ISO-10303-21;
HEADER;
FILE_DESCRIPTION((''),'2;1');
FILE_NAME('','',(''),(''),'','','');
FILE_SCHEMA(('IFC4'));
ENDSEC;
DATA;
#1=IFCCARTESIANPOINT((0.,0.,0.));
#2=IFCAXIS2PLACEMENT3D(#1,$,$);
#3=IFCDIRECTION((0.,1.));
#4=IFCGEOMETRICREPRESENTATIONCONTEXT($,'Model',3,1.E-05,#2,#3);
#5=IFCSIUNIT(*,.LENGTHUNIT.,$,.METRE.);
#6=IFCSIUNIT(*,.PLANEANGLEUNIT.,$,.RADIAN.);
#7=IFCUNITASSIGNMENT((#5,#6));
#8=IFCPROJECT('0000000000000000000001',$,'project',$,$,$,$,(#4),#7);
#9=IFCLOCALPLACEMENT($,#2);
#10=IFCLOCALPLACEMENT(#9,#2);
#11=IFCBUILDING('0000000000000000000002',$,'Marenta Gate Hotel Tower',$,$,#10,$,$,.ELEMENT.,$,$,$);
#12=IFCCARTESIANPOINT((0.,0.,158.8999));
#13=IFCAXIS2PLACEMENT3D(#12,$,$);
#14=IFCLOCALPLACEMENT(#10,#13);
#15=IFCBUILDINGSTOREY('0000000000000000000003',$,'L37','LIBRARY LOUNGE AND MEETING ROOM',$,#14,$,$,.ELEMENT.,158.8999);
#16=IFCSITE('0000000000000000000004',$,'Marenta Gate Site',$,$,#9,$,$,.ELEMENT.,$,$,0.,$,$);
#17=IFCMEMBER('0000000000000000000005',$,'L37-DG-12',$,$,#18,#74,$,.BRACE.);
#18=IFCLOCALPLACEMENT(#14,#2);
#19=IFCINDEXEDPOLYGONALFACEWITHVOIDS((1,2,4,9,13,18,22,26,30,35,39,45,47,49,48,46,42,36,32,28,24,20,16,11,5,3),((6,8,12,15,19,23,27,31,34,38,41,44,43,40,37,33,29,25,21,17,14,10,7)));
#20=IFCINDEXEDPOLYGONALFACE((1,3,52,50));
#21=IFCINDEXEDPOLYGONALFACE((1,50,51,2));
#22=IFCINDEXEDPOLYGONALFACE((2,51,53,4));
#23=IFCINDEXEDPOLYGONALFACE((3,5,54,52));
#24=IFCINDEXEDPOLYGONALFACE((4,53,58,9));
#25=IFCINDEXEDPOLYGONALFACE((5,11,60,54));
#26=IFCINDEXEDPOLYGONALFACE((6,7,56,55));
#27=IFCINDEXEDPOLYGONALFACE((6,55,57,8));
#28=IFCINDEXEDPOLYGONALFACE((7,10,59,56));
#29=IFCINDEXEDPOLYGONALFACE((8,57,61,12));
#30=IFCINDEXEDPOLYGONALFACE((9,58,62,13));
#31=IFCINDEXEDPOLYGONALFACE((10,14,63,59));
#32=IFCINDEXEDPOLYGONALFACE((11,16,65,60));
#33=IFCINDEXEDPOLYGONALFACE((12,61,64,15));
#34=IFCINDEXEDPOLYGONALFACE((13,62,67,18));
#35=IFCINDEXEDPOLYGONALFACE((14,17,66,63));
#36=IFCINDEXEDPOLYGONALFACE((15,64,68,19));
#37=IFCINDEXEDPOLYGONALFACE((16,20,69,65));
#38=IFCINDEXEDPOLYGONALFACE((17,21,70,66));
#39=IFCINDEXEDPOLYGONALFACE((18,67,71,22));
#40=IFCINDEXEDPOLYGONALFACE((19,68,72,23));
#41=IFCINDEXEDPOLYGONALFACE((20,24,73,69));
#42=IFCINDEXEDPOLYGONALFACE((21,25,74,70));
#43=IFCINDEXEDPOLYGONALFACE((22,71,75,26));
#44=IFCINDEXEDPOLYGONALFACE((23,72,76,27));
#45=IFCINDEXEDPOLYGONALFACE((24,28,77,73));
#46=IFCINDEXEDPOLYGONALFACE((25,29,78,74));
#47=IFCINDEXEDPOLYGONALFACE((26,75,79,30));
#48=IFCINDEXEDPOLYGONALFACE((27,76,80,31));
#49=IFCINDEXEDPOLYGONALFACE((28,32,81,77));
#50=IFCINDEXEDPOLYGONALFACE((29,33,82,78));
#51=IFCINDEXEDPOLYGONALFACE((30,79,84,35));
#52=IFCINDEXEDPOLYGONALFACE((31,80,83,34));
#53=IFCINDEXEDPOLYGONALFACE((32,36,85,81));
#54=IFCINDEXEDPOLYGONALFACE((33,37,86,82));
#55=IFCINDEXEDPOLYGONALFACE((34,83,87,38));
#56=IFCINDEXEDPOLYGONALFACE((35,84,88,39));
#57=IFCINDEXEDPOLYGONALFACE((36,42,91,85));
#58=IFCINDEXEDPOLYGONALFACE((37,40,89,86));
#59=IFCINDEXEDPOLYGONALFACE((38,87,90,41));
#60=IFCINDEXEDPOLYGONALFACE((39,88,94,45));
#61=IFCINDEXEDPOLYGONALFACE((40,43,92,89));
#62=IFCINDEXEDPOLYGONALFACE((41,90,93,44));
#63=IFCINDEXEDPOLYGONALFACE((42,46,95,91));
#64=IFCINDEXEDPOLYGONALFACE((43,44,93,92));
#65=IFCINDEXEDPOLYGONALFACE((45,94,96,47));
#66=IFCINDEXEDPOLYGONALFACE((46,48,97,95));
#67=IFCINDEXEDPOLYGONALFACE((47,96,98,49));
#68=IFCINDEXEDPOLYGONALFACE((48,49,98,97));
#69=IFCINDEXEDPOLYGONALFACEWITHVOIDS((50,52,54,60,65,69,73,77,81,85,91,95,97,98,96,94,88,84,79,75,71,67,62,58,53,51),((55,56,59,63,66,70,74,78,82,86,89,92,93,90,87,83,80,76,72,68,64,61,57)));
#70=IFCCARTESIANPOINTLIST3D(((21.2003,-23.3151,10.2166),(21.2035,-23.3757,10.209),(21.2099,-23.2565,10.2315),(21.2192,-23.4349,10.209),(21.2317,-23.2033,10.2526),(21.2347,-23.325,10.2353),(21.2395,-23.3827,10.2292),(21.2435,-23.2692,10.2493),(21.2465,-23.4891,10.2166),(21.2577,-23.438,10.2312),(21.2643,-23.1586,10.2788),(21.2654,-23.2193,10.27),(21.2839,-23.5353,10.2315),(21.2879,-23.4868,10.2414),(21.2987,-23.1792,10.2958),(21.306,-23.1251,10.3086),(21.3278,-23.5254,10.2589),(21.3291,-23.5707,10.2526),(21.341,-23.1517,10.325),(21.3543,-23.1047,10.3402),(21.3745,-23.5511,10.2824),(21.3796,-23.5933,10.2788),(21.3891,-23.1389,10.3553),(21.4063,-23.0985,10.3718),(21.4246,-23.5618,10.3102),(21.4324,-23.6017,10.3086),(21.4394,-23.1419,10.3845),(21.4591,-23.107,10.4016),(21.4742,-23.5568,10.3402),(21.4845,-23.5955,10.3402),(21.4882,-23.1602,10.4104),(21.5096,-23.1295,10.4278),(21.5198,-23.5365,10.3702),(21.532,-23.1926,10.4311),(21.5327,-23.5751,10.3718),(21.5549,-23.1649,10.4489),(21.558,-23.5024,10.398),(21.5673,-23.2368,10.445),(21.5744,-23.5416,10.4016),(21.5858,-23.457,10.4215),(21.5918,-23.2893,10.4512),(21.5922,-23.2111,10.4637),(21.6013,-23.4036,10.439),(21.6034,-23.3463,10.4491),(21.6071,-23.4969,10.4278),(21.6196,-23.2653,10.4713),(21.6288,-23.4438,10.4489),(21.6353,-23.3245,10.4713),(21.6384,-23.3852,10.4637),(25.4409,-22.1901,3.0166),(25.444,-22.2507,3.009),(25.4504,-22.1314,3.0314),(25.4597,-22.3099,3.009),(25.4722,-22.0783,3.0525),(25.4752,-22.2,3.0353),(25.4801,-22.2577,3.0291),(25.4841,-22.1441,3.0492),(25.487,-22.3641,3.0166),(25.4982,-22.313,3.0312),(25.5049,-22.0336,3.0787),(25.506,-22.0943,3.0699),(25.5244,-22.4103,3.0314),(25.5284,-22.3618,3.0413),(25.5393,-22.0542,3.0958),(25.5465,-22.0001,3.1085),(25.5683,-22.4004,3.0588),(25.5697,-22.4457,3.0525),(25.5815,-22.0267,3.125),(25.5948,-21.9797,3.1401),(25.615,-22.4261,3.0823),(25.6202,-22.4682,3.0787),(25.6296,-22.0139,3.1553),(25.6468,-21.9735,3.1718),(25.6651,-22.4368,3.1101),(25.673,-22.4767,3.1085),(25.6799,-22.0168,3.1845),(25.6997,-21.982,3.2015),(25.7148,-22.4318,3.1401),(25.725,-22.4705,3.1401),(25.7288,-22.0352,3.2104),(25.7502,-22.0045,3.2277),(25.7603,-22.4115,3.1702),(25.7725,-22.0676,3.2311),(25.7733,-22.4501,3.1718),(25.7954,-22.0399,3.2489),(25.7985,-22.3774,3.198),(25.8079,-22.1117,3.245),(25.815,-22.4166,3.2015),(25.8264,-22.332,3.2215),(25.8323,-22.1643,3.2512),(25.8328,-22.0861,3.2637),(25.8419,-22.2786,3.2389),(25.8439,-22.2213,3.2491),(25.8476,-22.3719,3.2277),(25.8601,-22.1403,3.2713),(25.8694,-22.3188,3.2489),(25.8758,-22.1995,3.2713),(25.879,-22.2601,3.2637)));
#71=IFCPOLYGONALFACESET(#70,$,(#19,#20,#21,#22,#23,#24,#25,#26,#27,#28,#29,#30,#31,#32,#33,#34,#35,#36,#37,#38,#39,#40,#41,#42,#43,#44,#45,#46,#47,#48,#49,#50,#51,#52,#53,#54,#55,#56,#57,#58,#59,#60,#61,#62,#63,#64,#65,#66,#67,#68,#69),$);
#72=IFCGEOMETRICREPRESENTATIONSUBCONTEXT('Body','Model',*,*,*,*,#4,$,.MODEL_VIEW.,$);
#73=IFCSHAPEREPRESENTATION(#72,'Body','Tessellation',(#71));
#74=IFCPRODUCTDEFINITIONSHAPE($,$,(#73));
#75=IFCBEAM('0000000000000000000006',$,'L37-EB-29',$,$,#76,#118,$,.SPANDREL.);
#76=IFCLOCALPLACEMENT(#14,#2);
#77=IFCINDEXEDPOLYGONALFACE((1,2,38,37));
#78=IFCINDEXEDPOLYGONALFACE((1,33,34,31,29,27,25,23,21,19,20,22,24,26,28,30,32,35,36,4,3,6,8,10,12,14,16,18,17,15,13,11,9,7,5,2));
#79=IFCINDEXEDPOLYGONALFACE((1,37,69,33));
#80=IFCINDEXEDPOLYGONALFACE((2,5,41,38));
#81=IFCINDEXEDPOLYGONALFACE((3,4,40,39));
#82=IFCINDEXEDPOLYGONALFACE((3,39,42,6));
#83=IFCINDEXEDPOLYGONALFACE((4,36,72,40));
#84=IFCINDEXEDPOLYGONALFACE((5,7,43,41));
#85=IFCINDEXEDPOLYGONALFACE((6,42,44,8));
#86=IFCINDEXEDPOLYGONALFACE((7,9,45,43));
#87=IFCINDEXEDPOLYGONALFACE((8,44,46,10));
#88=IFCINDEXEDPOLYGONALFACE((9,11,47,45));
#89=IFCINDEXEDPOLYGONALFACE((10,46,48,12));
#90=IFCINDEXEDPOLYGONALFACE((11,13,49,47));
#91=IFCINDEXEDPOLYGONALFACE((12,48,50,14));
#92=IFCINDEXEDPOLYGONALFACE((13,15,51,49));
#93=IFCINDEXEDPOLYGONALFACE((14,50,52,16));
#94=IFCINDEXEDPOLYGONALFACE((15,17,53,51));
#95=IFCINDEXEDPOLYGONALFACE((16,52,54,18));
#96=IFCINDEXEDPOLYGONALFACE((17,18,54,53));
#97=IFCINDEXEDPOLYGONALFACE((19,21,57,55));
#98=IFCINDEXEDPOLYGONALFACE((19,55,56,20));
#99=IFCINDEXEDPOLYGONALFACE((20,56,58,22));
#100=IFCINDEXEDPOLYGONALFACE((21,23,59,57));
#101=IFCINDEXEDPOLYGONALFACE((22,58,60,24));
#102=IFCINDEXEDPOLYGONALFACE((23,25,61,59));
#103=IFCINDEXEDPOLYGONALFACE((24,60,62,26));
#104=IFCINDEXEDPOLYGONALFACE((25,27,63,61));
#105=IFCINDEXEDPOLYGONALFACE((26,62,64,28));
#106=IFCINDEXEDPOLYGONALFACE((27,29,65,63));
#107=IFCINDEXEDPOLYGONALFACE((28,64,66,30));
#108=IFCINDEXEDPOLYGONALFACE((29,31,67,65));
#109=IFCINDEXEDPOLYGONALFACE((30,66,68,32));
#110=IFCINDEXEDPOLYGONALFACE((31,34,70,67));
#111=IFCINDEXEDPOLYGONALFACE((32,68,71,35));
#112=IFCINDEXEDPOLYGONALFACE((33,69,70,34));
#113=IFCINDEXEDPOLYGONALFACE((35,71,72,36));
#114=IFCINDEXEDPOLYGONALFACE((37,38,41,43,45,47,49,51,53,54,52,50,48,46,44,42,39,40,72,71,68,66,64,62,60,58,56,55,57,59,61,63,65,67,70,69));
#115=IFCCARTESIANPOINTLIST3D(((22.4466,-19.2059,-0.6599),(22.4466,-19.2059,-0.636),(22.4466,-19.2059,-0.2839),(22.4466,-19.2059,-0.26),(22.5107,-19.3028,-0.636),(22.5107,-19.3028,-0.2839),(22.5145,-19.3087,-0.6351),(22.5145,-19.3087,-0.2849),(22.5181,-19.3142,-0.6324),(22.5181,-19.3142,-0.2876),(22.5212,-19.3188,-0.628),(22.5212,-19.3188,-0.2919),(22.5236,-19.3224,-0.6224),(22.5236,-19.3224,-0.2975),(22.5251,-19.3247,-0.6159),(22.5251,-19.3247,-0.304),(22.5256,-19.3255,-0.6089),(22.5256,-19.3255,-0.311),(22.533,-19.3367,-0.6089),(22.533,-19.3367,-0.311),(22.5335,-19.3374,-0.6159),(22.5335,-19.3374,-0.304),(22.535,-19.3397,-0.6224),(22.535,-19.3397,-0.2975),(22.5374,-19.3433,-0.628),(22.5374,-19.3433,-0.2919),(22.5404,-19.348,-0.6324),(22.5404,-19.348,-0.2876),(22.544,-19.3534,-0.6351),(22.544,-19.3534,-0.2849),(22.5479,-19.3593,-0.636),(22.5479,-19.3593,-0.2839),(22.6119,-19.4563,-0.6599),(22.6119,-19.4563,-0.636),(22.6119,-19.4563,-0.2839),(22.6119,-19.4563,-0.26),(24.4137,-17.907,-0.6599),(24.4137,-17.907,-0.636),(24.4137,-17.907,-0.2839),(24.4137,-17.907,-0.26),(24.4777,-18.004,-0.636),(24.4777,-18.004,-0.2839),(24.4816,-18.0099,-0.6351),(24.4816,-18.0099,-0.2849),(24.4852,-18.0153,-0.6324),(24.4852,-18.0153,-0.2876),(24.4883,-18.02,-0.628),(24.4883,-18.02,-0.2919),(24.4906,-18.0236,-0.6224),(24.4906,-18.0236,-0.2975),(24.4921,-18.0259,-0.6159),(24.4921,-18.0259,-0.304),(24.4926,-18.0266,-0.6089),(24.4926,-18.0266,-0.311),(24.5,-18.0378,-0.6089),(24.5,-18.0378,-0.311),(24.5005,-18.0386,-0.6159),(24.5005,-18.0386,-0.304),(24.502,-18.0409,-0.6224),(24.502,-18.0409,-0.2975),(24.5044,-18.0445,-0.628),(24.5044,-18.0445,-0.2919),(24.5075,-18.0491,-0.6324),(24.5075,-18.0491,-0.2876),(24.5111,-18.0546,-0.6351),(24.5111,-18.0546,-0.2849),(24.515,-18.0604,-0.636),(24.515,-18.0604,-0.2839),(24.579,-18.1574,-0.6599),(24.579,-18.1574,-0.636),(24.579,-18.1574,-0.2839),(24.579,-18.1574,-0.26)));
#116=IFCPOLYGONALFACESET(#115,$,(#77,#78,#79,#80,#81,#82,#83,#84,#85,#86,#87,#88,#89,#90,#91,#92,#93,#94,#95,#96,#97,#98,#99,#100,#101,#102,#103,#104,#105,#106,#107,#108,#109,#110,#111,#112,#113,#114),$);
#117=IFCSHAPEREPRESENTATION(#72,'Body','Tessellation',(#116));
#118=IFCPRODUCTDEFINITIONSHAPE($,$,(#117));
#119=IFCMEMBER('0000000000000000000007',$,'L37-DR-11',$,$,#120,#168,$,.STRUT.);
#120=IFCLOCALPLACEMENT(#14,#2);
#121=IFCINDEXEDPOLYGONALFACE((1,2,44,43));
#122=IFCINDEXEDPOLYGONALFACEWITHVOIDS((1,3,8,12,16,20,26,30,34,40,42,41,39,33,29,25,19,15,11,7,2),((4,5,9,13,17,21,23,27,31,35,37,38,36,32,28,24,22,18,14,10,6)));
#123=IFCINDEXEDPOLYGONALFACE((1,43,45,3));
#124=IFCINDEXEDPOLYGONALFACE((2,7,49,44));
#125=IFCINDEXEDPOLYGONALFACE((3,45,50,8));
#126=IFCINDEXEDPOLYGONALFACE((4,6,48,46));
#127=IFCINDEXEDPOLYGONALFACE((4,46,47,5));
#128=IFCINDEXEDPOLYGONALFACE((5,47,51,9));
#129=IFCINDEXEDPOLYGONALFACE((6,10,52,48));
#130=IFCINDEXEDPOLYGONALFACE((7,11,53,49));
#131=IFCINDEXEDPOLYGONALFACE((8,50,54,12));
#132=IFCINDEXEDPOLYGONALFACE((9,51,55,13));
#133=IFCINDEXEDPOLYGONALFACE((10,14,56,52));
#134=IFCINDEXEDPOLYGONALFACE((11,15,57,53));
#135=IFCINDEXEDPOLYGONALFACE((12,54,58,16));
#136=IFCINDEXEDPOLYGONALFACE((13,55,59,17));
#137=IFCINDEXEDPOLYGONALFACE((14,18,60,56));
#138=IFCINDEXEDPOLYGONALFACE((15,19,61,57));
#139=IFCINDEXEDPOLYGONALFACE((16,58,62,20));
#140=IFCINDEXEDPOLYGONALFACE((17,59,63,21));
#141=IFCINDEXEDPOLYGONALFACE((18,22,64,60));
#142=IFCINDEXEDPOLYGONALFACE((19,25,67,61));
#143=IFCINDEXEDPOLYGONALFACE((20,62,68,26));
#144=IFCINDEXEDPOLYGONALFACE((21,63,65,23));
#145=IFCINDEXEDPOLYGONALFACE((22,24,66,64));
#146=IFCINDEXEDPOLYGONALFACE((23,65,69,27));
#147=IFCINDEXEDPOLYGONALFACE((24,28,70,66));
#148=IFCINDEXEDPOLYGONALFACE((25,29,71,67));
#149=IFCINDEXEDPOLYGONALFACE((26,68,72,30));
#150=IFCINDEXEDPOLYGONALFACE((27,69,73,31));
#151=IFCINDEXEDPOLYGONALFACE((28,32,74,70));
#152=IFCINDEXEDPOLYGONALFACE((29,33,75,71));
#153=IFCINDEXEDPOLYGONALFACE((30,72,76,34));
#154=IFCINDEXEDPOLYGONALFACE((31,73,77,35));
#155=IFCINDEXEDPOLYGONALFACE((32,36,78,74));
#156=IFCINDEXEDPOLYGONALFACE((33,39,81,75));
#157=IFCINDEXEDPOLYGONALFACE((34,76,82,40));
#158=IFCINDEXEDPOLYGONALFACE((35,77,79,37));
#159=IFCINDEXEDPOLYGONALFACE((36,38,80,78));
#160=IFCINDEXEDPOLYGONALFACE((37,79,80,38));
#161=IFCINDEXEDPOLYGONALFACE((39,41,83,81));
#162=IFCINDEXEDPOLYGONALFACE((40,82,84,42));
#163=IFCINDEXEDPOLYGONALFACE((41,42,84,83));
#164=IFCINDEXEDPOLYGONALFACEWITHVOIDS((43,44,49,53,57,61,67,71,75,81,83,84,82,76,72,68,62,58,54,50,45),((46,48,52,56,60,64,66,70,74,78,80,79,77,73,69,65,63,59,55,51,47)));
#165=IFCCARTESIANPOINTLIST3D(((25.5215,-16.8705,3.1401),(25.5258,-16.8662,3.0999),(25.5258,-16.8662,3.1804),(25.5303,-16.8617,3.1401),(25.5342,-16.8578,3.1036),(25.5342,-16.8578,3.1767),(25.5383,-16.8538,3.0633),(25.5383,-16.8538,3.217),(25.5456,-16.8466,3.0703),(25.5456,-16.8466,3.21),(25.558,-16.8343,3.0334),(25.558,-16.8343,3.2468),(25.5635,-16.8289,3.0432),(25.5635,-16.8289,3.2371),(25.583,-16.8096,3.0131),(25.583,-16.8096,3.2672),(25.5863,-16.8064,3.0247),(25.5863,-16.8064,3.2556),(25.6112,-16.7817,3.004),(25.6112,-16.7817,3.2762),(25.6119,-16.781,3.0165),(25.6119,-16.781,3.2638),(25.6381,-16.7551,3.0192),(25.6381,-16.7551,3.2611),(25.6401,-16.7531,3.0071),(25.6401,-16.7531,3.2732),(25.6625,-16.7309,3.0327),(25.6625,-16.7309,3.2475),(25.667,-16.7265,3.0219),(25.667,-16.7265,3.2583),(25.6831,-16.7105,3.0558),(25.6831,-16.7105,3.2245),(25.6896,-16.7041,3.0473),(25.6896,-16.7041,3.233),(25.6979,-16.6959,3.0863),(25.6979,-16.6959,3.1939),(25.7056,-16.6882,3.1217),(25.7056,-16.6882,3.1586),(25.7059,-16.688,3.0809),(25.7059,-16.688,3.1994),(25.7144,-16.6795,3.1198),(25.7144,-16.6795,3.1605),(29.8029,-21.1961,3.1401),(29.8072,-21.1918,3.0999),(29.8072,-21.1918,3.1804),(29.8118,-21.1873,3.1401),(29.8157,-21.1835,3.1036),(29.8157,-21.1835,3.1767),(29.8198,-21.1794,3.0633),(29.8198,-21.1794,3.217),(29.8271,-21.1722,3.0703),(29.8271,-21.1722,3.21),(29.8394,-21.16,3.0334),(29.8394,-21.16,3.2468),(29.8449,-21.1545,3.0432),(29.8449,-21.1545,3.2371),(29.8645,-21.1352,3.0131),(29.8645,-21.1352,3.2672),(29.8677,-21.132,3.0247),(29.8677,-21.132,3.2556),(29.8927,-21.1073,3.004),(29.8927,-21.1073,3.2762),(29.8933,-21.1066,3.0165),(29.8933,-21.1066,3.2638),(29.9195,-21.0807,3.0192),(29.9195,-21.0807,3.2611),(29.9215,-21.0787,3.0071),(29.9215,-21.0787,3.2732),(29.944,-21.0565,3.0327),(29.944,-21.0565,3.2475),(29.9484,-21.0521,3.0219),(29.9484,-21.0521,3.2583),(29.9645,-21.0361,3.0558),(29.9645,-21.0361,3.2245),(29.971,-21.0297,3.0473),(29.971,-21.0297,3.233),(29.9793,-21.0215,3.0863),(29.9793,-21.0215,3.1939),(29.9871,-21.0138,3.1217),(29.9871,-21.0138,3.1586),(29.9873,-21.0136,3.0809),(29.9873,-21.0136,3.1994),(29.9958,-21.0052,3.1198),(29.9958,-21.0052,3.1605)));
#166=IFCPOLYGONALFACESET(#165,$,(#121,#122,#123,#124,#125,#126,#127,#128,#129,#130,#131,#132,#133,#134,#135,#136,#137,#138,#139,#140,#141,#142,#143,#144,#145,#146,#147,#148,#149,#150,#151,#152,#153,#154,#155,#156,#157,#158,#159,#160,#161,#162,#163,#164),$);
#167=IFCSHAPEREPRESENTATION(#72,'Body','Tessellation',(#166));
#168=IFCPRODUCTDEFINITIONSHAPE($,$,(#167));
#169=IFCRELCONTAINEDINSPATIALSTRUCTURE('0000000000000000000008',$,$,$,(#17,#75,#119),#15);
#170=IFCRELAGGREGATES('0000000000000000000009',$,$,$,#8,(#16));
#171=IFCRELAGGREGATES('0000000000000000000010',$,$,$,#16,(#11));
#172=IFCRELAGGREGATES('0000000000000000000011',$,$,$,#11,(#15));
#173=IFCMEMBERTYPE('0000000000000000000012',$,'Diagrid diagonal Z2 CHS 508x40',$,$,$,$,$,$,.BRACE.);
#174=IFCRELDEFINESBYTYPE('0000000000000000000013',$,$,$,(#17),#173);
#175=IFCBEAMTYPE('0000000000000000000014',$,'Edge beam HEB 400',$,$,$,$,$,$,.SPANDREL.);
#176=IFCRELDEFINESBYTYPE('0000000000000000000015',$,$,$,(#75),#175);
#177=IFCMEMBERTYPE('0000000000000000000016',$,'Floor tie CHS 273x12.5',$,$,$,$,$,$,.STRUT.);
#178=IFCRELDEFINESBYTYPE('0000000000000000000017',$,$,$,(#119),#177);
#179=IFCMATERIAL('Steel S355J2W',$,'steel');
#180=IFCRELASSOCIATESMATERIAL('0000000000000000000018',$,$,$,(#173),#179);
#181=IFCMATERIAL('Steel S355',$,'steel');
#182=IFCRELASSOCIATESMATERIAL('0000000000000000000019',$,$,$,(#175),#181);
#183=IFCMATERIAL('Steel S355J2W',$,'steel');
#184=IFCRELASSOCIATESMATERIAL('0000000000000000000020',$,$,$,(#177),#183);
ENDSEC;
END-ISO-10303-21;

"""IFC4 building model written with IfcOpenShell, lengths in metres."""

from ifc_helpers import new_model, si_unit, direction, frame, origin, origin_2d, place, context, subcontext, project, spatial, hollow_circle, i_section, extrude, material, material_profile, profile_set, type_object, element, save


model = new_model("IFC4")

# Units and contexts
model_context = context("Model", 3, precision=1e-05, world=origin(), true_north=direction((0.0, 1.0)))
body_context = subcontext(model_context, "Body", "Model", "MODEL_VIEW")
ifc_project = project(units=[si_unit("LENGTHUNIT", "METRE"), si_unit("PLANEANGLEUNIT", "RADIAN")], contexts=[model_context])

# Site, building, storey
site_placement = place(None, origin())
site = spatial("IfcSite", under=ifc_project, at=site_placement, Name="Marenta Gate Site", CompositionType="ELEMENT", RefElevation=0.0)
building_placement = place(site_placement, origin())
building = spatial("IfcBuilding", under=site, at=building_placement, Name="Marenta Gate Hotel Tower", CompositionType="ELEMENT")
storey_placement = place(building_placement, frame((0.0, 0.0, 158.8999)))
storey = spatial("IfcBuildingStorey", under=building, at=storey_placement, Name="L37", Description="LIBRARY LOUNGE AND MEETING ROOM", CompositionType="ELEMENT", Elevation=158.8999)

# Member
ifc_material_1 = material(Name="Steel S355J2W", Category="steel")
ifc_material_profile_1 = material_profile(ifc_material_1, hollow_circle(Radius=0.2539, WallThickness=0.04, at=origin_2d()), Name="CHS 508x40")
ifc_profile_set_1 = profile_set([ifc_material_profile_1], Name="Steel S355J2W")
member_type_1 = type_object("IfcMemberType", Name="Diagrid diagonal Z2 CHS 508x40", PredefinedType="BRACE", material=ifc_profile_set_1)
member_1_placement = place(storey_placement, frame((25.6599, -22.2251, 3.1401), z_axis=(-0.502946, -0.133432, 0.853956), x_axis=(0.256429, -0.966563, 0.0)))
element("IfcMember", 1, at=member_1_placement, inside=storey, type_object=member_type_1, Name="L37-DG-12", PredefinedType="BRACE", context=body_context, shape_type="SweptSolid", body=[
    extrude(hollow_circle(Radius=0.2539, WallThickness=0.04, at=origin_2d()), origin(), (0.0, 0.0, 1.0), 8.4314),
])

# Beam
ifc_material_2 = material(Name="Steel S355", Category="steel")
ifc_material_profile_2 = material_profile(ifc_material_2, i_section(OverallWidth=0.3, OverallDepth=0.3999, WebThickness=0.0134, FlangeThickness=0.0239, FilletRadius=0.0271, at=origin_2d()), Name="HEB 400")
ifc_profile_set_2 = profile_set([ifc_material_profile_2], Name="Steel S355")
beam_type = type_object("IfcBeamType", Name="Edge beam HEB 400", PredefinedType="SPANDREL", material=ifc_profile_set_2)
beam_placement = place(storey_placement, frame((24.4963, -18.0322, -0.46), z_axis=(-0.834496, -0.551014, 0.0), x_axis=(0.551014, -0.834496, 0.0)))
element("IfcBeam", 2, at=beam_placement, inside=storey, type_object=beam_type, Name="L37-EB-29", PredefinedType="SPANDREL", context=body_context, shape_type="SweptSolid", body=[
    extrude(i_section(OverallWidth=0.3, OverallDepth=0.3999, WebThickness=0.0134, FlangeThickness=0.0239, FilletRadius=0.0271, at=origin_2d()), origin(), (0.0, 0.0, 1.0), 2.3572),
])

# Member
ifc_material_3 = material(Name="Steel S355J2W", Category="steel")
ifc_material_profile_3 = material_profile(ifc_material_3, hollow_circle(Radius=0.1365, WallThickness=0.0125, at=origin_2d()), Name="CHS 273x12.5")
ifc_profile_set_3 = profile_set([ifc_material_profile_3], Name="Steel S355J2W")
member_type_2 = type_object("IfcMemberType", Name="Floor tie CHS 273x12.5", PredefinedType="STRUT", material=ifc_profile_set_3)
member_2_placement = place(storey_placement, frame((29.8999, -21.1001, 3.1401), z_axis=(-0.703467, 0.710728, 0.0), x_axis=(-0.710728, -0.703467, 0.0)))
element("IfcMember", 3, at=member_2_placement, inside=storey, type_object=member_type_2, Name="L37-DR-11", PredefinedType="STRUT", context=body_context, shape_type="SweptSolid", body=[
    extrude(hollow_circle(Radius=0.1365, WallThickness=0.0125, at=origin_2d()), origin(), (0.0, 0.0, 1.0), 6.0862),
])

save(model, "model.ifc")
